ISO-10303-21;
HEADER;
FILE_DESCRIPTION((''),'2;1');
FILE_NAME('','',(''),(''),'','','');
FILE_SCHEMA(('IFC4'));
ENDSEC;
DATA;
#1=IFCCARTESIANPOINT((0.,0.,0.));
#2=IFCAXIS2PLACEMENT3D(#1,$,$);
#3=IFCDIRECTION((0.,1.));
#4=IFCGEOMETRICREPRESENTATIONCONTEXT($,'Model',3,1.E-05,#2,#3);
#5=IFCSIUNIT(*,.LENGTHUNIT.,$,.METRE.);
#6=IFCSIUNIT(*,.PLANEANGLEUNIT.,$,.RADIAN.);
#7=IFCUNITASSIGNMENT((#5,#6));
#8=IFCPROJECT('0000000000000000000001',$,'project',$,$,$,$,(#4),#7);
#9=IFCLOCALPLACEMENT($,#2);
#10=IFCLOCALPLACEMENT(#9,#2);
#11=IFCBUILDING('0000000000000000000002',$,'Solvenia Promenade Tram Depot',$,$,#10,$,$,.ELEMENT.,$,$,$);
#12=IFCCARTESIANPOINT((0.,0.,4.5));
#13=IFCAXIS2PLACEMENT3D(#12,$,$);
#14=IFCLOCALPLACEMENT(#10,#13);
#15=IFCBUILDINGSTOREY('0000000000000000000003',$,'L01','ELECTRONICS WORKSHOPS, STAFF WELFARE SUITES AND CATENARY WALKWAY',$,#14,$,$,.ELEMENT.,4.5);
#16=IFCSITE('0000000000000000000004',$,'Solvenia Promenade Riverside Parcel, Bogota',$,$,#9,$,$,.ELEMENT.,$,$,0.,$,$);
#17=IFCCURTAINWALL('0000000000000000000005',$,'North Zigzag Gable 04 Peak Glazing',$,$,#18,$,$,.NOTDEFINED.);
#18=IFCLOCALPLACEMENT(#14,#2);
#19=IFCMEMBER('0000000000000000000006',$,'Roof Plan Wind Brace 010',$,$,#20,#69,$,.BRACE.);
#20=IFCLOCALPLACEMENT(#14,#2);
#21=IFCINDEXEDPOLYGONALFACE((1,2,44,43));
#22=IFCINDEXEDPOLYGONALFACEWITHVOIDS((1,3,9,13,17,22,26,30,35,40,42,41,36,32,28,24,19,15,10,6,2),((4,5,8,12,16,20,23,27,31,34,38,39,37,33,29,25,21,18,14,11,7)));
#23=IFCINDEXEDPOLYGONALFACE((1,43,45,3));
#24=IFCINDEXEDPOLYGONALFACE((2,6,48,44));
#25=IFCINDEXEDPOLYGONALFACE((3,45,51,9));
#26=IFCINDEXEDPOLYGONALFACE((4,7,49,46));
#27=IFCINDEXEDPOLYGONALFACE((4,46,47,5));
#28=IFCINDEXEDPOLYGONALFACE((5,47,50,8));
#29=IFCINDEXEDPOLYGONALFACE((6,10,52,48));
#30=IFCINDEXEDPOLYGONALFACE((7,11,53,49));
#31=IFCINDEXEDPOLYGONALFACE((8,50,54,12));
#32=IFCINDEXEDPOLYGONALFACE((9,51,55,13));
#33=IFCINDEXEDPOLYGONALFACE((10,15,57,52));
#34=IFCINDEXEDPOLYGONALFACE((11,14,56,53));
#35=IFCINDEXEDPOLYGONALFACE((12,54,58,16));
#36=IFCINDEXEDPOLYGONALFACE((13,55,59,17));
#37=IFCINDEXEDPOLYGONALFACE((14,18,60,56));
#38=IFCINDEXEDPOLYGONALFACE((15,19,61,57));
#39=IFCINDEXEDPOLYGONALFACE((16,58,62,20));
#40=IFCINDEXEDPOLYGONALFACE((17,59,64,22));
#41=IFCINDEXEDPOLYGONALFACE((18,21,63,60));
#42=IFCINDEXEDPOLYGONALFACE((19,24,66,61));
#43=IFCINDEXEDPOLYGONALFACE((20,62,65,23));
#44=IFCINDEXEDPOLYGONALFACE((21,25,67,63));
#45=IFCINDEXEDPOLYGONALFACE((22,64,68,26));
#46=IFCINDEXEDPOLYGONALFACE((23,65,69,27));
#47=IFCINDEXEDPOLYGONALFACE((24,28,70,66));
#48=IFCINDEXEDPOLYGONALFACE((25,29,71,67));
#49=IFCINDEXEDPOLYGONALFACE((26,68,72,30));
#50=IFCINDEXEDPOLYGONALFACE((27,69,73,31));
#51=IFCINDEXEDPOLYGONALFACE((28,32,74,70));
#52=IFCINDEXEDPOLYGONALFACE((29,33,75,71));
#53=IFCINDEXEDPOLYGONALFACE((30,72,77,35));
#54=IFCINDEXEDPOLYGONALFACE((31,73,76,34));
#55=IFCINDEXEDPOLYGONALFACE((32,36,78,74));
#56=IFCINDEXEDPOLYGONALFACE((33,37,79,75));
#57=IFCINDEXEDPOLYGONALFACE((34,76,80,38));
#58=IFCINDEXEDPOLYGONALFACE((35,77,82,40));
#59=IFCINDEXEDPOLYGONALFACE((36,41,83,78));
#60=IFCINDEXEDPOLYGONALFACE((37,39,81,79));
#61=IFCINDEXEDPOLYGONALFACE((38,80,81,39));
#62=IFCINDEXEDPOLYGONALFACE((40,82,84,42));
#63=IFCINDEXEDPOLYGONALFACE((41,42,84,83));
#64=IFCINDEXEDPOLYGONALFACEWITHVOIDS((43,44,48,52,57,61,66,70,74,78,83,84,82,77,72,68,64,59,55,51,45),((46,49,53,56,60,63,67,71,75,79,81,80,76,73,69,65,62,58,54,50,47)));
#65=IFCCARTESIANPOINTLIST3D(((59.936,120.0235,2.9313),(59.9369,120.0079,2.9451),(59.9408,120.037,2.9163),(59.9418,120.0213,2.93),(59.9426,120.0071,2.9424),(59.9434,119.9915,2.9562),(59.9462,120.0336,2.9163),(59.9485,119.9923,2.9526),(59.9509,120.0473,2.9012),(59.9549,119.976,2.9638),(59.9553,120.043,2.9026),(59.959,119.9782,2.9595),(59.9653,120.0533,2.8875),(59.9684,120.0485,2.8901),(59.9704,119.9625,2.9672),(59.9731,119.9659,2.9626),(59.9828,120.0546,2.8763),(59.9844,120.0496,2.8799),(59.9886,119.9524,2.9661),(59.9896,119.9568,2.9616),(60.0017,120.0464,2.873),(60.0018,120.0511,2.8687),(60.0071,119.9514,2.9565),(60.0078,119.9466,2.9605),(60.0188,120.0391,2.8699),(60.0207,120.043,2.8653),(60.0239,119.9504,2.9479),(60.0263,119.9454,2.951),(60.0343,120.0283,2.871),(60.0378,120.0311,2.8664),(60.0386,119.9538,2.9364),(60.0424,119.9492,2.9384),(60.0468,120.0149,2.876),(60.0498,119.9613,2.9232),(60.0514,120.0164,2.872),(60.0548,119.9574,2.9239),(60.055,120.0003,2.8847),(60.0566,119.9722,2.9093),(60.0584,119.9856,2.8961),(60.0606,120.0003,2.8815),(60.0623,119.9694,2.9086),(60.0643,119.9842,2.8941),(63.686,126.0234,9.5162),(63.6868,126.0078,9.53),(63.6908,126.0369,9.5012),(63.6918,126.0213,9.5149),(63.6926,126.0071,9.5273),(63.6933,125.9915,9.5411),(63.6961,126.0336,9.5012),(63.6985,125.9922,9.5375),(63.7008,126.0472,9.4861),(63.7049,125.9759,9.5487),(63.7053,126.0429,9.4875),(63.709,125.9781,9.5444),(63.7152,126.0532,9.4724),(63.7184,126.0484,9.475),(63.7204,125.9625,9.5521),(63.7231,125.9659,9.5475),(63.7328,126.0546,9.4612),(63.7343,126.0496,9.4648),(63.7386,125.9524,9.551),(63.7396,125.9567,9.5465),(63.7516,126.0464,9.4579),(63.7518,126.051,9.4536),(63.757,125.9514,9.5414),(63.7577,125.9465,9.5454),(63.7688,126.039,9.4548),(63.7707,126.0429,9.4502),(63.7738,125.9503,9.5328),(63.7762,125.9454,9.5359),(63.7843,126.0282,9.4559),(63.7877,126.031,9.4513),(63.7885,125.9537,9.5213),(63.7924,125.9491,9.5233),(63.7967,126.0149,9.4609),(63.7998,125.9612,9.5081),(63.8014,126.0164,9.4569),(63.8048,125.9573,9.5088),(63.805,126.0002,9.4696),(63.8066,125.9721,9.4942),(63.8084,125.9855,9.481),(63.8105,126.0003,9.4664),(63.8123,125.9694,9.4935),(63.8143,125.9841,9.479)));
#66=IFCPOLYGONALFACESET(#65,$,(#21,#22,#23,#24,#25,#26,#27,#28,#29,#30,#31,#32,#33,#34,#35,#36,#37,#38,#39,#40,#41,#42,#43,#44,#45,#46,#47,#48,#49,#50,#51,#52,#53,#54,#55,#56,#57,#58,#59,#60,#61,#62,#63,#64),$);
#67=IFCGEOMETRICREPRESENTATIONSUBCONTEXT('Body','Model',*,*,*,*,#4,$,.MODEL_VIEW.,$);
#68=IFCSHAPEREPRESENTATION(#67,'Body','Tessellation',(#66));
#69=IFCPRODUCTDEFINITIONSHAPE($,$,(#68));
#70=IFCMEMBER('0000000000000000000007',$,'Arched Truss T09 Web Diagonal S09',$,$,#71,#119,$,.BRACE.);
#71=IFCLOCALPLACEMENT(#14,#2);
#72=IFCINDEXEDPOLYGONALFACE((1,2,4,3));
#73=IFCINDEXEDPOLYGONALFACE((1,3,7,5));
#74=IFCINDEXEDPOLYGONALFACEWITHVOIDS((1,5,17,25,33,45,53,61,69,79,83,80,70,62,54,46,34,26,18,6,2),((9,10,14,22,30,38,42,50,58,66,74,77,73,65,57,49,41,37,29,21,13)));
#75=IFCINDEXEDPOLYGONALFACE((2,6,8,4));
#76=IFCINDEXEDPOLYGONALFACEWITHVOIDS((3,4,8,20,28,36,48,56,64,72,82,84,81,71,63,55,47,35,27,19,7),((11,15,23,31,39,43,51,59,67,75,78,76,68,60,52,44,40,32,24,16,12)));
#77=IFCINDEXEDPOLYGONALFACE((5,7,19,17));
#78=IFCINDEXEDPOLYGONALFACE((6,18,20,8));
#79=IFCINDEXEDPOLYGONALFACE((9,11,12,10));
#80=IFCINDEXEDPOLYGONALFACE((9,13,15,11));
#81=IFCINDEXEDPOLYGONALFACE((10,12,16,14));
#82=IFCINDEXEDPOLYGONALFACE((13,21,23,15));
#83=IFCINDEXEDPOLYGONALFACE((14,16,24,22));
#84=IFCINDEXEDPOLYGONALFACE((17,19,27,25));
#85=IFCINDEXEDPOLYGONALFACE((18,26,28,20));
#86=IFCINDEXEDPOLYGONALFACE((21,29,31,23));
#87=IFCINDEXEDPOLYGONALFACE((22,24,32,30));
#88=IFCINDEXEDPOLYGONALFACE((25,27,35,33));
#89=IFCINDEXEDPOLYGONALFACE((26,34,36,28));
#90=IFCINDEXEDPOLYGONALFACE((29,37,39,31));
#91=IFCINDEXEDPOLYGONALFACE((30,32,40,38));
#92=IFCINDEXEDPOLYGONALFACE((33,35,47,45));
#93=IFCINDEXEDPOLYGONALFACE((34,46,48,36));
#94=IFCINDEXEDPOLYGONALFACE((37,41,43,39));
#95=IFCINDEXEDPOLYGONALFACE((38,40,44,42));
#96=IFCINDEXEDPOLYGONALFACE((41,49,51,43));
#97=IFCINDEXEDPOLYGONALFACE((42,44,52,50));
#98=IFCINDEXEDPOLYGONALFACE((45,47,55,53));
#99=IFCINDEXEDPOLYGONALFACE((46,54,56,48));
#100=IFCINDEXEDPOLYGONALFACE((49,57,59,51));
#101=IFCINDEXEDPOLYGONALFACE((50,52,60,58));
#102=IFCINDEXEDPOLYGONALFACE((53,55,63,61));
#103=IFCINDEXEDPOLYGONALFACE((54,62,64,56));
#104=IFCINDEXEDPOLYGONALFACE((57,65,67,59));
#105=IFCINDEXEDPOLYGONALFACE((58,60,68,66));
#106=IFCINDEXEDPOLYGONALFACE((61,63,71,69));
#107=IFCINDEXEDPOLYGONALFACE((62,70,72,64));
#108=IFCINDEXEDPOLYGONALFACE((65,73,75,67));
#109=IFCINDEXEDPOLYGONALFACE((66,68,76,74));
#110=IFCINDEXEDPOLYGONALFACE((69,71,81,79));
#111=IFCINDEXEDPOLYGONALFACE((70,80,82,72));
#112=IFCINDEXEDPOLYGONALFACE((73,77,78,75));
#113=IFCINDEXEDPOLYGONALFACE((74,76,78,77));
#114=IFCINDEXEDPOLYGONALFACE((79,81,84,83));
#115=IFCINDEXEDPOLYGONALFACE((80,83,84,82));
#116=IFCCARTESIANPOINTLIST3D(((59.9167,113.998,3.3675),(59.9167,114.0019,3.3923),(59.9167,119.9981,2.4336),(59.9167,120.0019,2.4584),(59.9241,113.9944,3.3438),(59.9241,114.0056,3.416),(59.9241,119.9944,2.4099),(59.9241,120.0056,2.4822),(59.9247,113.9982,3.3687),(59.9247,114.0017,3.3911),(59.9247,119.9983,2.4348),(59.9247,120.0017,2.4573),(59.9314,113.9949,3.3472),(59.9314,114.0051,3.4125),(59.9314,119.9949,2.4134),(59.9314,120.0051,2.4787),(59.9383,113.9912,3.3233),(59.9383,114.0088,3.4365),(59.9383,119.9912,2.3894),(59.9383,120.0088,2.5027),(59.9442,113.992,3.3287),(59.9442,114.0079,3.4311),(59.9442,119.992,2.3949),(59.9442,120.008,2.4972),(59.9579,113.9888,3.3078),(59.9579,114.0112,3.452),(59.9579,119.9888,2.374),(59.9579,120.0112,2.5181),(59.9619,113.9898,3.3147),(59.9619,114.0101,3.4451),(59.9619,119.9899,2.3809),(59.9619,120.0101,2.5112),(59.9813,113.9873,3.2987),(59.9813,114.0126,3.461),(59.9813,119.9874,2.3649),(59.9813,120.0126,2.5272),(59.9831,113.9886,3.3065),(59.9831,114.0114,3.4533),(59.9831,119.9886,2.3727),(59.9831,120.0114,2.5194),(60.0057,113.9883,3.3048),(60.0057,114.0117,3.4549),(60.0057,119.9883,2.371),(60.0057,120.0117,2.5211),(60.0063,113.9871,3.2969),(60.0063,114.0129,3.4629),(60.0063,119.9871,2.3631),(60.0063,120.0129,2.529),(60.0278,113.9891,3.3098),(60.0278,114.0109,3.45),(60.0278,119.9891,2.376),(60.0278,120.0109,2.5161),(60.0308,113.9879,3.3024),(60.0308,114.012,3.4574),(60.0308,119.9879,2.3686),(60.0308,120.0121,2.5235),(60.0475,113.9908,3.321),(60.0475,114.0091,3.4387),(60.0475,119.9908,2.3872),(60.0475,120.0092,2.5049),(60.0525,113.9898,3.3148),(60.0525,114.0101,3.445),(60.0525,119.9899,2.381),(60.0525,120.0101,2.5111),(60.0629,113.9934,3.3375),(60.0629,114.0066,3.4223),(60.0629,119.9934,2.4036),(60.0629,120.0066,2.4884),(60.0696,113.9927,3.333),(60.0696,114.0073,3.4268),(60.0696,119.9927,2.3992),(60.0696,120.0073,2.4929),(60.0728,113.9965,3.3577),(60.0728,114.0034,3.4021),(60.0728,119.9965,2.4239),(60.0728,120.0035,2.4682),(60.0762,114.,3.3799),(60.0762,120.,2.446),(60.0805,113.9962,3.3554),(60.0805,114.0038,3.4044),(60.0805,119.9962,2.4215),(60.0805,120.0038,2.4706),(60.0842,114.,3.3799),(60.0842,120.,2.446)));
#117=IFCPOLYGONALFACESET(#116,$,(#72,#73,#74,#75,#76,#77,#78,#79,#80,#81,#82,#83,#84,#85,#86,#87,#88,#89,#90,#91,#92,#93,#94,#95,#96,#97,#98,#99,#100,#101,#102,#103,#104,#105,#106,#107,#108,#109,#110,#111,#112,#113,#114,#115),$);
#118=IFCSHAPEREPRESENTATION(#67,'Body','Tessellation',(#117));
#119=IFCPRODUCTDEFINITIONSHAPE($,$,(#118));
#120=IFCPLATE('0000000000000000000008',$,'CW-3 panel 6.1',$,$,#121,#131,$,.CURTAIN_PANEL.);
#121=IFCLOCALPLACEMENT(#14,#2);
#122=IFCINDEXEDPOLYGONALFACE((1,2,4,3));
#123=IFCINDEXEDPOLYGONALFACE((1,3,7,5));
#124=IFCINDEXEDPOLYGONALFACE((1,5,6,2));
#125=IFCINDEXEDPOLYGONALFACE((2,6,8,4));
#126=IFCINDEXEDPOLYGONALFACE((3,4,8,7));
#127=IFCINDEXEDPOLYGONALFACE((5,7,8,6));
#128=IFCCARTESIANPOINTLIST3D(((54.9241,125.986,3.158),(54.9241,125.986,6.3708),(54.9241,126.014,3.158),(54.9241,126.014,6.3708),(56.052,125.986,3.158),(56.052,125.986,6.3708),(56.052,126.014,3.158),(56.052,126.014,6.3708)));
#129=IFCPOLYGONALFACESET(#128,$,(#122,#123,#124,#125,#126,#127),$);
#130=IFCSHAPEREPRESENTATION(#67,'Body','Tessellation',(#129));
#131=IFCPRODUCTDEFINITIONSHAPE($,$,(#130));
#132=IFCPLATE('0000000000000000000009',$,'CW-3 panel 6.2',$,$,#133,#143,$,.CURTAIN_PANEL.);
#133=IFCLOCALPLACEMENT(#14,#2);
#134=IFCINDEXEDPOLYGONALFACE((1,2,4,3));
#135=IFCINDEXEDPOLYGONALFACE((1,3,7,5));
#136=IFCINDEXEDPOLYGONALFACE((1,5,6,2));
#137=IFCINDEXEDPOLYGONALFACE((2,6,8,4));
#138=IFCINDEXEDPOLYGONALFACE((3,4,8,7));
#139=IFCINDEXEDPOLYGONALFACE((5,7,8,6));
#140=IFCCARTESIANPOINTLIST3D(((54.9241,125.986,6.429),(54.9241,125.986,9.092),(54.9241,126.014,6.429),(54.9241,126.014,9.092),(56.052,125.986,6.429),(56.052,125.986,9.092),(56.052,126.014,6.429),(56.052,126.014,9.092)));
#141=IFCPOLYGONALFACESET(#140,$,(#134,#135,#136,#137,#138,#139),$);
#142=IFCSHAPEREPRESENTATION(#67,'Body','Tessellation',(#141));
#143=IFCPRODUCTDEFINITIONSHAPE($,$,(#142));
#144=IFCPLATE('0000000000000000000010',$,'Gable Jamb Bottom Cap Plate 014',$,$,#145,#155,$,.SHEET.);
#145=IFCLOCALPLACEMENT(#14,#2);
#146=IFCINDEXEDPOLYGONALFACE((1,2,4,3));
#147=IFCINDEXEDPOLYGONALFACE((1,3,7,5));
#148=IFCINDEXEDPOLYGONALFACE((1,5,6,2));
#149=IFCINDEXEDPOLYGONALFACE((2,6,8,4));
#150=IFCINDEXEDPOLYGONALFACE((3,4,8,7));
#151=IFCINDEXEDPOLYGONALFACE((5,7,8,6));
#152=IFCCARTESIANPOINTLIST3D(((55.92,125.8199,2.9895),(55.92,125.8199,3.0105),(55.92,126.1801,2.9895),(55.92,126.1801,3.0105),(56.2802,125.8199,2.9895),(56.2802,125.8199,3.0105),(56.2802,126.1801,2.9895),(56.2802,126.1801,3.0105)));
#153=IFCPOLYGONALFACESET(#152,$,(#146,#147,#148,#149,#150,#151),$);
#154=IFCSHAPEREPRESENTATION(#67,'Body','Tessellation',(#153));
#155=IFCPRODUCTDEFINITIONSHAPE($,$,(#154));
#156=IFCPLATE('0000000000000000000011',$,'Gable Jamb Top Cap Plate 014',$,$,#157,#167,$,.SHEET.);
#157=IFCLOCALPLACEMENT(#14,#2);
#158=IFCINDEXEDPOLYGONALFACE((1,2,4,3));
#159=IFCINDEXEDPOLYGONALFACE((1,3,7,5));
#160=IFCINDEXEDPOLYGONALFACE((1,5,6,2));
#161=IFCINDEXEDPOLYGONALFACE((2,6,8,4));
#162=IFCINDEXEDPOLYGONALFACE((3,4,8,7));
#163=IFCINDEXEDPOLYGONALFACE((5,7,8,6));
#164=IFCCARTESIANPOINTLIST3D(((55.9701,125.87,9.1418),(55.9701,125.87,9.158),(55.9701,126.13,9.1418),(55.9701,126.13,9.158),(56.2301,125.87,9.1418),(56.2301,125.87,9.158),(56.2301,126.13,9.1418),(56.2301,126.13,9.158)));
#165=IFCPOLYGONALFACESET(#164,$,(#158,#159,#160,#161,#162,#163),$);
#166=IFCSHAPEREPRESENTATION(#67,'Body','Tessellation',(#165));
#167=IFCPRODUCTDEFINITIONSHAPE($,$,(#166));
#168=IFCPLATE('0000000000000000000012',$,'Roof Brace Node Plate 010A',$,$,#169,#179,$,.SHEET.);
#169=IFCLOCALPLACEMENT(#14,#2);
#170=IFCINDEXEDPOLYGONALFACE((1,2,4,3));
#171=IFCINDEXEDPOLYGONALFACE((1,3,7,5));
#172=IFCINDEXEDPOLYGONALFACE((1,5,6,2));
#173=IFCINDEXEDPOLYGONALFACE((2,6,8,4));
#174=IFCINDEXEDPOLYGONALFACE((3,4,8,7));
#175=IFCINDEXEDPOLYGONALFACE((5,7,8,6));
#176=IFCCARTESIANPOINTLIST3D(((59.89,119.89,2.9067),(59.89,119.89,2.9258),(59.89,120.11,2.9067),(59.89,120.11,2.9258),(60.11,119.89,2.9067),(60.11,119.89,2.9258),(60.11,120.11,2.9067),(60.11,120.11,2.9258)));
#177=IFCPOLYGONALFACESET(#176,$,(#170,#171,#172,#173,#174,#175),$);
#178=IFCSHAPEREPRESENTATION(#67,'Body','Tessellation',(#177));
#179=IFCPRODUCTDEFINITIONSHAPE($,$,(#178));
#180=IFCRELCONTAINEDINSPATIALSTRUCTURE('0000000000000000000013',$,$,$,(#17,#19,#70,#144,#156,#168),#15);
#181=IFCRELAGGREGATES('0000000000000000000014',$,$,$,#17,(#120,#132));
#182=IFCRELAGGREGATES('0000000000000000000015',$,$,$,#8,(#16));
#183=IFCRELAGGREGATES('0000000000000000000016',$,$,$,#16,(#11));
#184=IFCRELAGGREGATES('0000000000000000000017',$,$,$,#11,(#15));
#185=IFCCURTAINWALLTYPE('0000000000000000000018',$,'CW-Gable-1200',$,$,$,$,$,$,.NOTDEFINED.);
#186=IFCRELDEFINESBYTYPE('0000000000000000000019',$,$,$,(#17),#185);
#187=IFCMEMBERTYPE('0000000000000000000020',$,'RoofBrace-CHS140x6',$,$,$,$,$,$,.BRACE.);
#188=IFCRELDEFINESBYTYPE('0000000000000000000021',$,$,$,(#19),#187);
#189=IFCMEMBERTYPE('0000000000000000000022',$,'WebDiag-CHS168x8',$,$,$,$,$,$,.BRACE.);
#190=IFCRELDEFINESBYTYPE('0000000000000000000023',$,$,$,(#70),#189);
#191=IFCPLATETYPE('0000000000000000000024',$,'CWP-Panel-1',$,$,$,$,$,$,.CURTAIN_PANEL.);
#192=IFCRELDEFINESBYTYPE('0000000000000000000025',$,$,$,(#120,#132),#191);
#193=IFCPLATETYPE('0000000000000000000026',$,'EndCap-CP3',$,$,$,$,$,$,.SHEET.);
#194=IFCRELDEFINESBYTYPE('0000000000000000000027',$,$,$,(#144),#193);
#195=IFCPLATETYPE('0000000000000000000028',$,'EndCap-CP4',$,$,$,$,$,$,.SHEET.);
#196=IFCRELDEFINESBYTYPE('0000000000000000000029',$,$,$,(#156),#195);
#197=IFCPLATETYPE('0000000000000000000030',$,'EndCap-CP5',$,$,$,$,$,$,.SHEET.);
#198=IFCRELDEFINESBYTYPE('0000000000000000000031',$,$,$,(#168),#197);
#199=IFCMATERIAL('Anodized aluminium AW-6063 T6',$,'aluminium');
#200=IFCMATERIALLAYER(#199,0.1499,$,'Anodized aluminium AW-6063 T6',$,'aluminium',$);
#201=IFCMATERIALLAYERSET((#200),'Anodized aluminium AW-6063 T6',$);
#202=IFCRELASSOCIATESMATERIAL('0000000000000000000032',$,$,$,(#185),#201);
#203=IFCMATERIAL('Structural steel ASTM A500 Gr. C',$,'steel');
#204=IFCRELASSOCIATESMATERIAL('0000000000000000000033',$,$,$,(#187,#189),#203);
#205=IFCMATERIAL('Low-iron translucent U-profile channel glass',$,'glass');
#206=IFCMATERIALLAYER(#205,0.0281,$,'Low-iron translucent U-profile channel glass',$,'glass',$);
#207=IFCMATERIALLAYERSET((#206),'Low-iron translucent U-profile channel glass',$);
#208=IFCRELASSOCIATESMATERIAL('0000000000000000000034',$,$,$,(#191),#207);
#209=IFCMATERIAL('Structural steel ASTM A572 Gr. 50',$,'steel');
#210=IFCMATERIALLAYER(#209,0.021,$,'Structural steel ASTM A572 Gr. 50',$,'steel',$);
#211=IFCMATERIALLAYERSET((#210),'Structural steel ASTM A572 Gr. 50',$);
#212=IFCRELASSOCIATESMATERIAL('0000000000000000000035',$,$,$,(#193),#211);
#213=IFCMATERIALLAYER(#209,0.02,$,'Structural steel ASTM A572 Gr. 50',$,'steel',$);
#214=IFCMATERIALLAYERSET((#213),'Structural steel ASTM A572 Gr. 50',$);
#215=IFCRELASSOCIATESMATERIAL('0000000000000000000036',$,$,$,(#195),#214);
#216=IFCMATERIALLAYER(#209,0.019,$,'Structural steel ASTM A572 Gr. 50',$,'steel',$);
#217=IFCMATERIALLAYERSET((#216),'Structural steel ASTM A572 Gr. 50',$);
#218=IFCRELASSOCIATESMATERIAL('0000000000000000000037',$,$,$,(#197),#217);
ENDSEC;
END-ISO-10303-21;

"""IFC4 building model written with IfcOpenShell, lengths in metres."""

from ifc_helpers import new_model, si_unit, direction, frame, origin, origin_2d, place, context, subcontext, project, spatial, rectangle, hollow_circle, extrude, material, layer, layer_set, material_profile, profile_set, type_object, element, aggregate, save


model = new_model("IFC4")

# Units and contexts
model_context = context("Model", 3, precision=1e-05, world=origin(), true_north=direction((0.0, 1.0)))
body_context = subcontext(model_context, "Body", "Model", "MODEL_VIEW")
ifc_project = project(units=[si_unit("LENGTHUNIT", "METRE"), si_unit("PLANEANGLEUNIT", "RADIAN")], contexts=[model_context])

# Site, building, storey
site_placement = place(None, origin())
site = spatial("IfcSite", under=ifc_project, at=site_placement, Name="Solvenia Promenade Riverside Parcel, Bogota", CompositionType="ELEMENT", RefElevation=0.0)
building_placement = place(site_placement, origin())
building = spatial("IfcBuilding", under=site, at=building_placement, Name="Solvenia Promenade Tram Depot", CompositionType="ELEMENT")
storey_placement = place(building_placement, frame((0.0, 0.0, 4.5)))
storey = spatial("IfcBuildingStorey", under=building, at=storey_placement, Name="L01", Description="ELECTRONICS WORKSHOPS, STAFF WELFARE SUITES AND CATENARY WALKWAY", CompositionType="ELEMENT", Elevation=4.5)

# Curtain wall
ifc_material_1 = material(Name="Anodized aluminium AW-6063 T6", Category="aluminium")
ifc_layer_1 = layer(ifc_material_1, 0.1499, Name="Anodized aluminium AW-6063 T6", Category="aluminium")
ifc_layer_set_1 = layer_set([ifc_layer_1], Name="Anodized aluminium AW-6063 T6")
curtain_wall_type = type_object("IfcCurtainWallType", Name="CW-Gable-1200", PredefinedType="NOTDEFINED", material=ifc_layer_set_1)
curtain_wall_placement = place(storey_placement, origin())
curtain_wall = element("IfcCurtainWall", 1, at=curtain_wall_placement, inside=storey, type_object=curtain_wall_type, Name="North Zigzag Gable 04 Peak Glazing", PredefinedType="NOTDEFINED")

# Shared definitions
ifc_material_2 = material(Name="Structural steel ASTM A500 Gr. C", Category="steel")

# Members
ifc_material_profile_1 = material_profile(ifc_material_2, hollow_circle(Radius=0.0698, WallThickness=0.0063, at=origin_2d()), Name="CHS139.7x6.3", Category="steel")
ifc_profile_set_1 = profile_set([ifc_material_profile_1], Name="Structural steel ASTM A500 Gr. C")
member_type_1 = type_object("IfcMemberType", Name="RoofBrace-CHS140x6", PredefinedType="BRACE", material=ifc_profile_set_1)
member_1_placement = place(storey_placement, frame((60.0, 120.0, 2.9163), z_axis=(0.387973, 0.620757, 0.681277), x_axis=(-0.847998, 0.529999, 0.0)))
element("IfcMember", 2, at=member_1_placement, inside=storey, type_object=member_type_1, Name="Roof Plan Wind Brace 010", PredefinedType="BRACE", context=body_context, shape_type="SweptSolid", body=[
    extrude(hollow_circle(Radius=0.0698, WallThickness=0.0063, at=origin_2d()), origin(), (0.0, 0.0, 1.0), 9.6655),
])
ifc_material_profile_2 = material_profile(ifc_material_2, hollow_circle(Radius=0.0842, WallThickness=0.0081, at=origin_2d()), Name="CHS168.3x8", Category="steel")
ifc_profile_set_2 = profile_set([ifc_material_profile_2], Name="Structural steel ASTM A500 Gr. C")
member_type_2 = type_object("IfcMemberType", Name="WebDiag-CHS168x8", PredefinedType="BRACE", material=ifc_profile_set_2)
member_2_placement = place(storey_placement, frame((60.0, 120.0, 2.446), z_axis=(0.0, -0.988104, 0.153788), x_axis=(1.0, 0.0, 0.0)))
element("IfcMember", 3, at=member_2_placement, inside=storey, type_object=member_type_2, Name="Arched Truss T09 Web Diagonal S09", PredefinedType="BRACE", context=body_context, shape_type="SweptSolid", body=[
    extrude(hollow_circle(Radius=0.0842, WallThickness=0.0081, at=origin_2d()), origin(), (0.0, 0.0, 1.0), 6.0723),
])

# Plates
ifc_material_3 = material(Name="Low-iron translucent U-profile channel glass", Category="glass")
ifc_layer_2 = layer(ifc_material_3, 0.0281, Name="Low-iron translucent U-profile channel glass", Category="glass")
ifc_layer_set_2 = layer_set([ifc_layer_2], Name="Low-iron translucent U-profile channel glass")
plate_type_1 = type_object("IfcPlateType", Name="CWP-Panel-1", PredefinedType="CURTAIN_PANEL", material=ifc_layer_set_2)
plate_1_placement = place(storey_placement, frame((55.488, 126.0, 3.158), z_axis=(0.0, 0.0, 1.0), x_axis=(1.0, 0.0, 0.0)))
plate_1 = element("IfcPlate", 4, at=plate_1_placement, type_object=plate_type_1, Name="CW-3 panel 6.1", PredefinedType="CURTAIN_PANEL", context=body_context, shape_type="SweptSolid", body=[
    extrude(rectangle(XDim=1.1279, YDim=0.0281, at=origin_2d()), origin(), (0.0, 0.0, 1.0), 3.2129),
])
plate_2_placement = place(storey_placement, frame((55.488, 126.0, 6.429), z_axis=(0.0, 0.0, 1.0), x_axis=(1.0, 0.0, 0.0)))
plate_2 = element("IfcPlate", 5, at=plate_2_placement, type_object=plate_type_1, Name="CW-3 panel 6.2", PredefinedType="CURTAIN_PANEL", context=body_context, shape_type="SweptSolid", body=[
    extrude(rectangle(XDim=1.1279, YDim=0.0281, at=origin_2d()), origin(), (0.0, 0.0, 1.0), 2.6631),
])
aggregate(curtain_wall, [plate_1, plate_2])

# Plates
ifc_material_4 = material(Name="Structural steel ASTM A572 Gr. 50", Category="steel")
ifc_layer_3 = layer(ifc_material_4, 0.021, Name="Structural steel ASTM A572 Gr. 50", Category="steel")
ifc_layer_set_3 = layer_set([ifc_layer_3], Name="Structural steel ASTM A572 Gr. 50")
plate_type_2 = type_object("IfcPlateType", Name="EndCap-CP3", PredefinedType="SHEET", material=ifc_layer_set_3)
plate_3_placement = place(storey_placement, frame((56.1001, 126.0, 2.9895), z_axis=(0.0, 0.0, 1.0), x_axis=(1.0, 0.0, 0.0)))
element("IfcPlate", 6, at=plate_3_placement, inside=storey, type_object=plate_type_2, Name="Gable Jamb Bottom Cap Plate 014", PredefinedType="SHEET", context=body_context, shape_type="SweptSolid", body=[
    extrude(rectangle(XDim=0.3601, YDim=0.3601, at=origin_2d()), origin(), (0.0, 0.0, 1.0), 0.021),
])
ifc_layer_4 = layer(ifc_material_4, 0.02, Name="Structural steel ASTM A572 Gr. 50", Category="steel")
ifc_layer_set_4 = layer_set([ifc_layer_4], Name="Structural steel ASTM A572 Gr. 50")
plate_type_3 = type_object("IfcPlateType", Name="EndCap-CP4", PredefinedType="SHEET", material=ifc_layer_set_4)
plate_4_placement = place(storey_placement, frame((56.1001, 126.0, 9.1418), z_axis=(0.0, 0.0, 1.0), x_axis=(1.0, 0.0, 0.0)))
element("IfcPlate", 7, at=plate_4_placement, inside=storey, type_object=plate_type_3, Name="Gable Jamb Top Cap Plate 014", PredefinedType="SHEET", context=body_context, shape_type="SweptSolid", body=[
    extrude(rectangle(XDim=0.26, YDim=0.26, at=origin_2d()), origin(), (0.0, 0.0, 1.0), 0.0161),
])
ifc_layer_5 = layer(ifc_material_4, 0.019, Name="Structural steel ASTM A572 Gr. 50", Category="steel")
ifc_layer_set_5 = layer_set([ifc_layer_5], Name="Structural steel ASTM A572 Gr. 50")
plate_type_4 = type_object("IfcPlateType", Name="EndCap-CP5", PredefinedType="SHEET", material=ifc_layer_set_5)
plate_5_placement = place(storey_placement, frame((60.0, 120.0, 2.9067), z_axis=(0.0, 0.0, 1.0), x_axis=(1.0, 0.0, 0.0)))
element("IfcPlate", 8, at=plate_5_placement, inside=storey, type_object=plate_type_4, Name="Roof Brace Node Plate 010A", PredefinedType="SHEET", context=body_context, shape_type="SweptSolid", body=[
    extrude(rectangle(XDim=0.22, YDim=0.22, at=origin_2d()), origin(), (0.0, 0.0, 1.0), 0.019),
])

save(model, "model.ifc")
